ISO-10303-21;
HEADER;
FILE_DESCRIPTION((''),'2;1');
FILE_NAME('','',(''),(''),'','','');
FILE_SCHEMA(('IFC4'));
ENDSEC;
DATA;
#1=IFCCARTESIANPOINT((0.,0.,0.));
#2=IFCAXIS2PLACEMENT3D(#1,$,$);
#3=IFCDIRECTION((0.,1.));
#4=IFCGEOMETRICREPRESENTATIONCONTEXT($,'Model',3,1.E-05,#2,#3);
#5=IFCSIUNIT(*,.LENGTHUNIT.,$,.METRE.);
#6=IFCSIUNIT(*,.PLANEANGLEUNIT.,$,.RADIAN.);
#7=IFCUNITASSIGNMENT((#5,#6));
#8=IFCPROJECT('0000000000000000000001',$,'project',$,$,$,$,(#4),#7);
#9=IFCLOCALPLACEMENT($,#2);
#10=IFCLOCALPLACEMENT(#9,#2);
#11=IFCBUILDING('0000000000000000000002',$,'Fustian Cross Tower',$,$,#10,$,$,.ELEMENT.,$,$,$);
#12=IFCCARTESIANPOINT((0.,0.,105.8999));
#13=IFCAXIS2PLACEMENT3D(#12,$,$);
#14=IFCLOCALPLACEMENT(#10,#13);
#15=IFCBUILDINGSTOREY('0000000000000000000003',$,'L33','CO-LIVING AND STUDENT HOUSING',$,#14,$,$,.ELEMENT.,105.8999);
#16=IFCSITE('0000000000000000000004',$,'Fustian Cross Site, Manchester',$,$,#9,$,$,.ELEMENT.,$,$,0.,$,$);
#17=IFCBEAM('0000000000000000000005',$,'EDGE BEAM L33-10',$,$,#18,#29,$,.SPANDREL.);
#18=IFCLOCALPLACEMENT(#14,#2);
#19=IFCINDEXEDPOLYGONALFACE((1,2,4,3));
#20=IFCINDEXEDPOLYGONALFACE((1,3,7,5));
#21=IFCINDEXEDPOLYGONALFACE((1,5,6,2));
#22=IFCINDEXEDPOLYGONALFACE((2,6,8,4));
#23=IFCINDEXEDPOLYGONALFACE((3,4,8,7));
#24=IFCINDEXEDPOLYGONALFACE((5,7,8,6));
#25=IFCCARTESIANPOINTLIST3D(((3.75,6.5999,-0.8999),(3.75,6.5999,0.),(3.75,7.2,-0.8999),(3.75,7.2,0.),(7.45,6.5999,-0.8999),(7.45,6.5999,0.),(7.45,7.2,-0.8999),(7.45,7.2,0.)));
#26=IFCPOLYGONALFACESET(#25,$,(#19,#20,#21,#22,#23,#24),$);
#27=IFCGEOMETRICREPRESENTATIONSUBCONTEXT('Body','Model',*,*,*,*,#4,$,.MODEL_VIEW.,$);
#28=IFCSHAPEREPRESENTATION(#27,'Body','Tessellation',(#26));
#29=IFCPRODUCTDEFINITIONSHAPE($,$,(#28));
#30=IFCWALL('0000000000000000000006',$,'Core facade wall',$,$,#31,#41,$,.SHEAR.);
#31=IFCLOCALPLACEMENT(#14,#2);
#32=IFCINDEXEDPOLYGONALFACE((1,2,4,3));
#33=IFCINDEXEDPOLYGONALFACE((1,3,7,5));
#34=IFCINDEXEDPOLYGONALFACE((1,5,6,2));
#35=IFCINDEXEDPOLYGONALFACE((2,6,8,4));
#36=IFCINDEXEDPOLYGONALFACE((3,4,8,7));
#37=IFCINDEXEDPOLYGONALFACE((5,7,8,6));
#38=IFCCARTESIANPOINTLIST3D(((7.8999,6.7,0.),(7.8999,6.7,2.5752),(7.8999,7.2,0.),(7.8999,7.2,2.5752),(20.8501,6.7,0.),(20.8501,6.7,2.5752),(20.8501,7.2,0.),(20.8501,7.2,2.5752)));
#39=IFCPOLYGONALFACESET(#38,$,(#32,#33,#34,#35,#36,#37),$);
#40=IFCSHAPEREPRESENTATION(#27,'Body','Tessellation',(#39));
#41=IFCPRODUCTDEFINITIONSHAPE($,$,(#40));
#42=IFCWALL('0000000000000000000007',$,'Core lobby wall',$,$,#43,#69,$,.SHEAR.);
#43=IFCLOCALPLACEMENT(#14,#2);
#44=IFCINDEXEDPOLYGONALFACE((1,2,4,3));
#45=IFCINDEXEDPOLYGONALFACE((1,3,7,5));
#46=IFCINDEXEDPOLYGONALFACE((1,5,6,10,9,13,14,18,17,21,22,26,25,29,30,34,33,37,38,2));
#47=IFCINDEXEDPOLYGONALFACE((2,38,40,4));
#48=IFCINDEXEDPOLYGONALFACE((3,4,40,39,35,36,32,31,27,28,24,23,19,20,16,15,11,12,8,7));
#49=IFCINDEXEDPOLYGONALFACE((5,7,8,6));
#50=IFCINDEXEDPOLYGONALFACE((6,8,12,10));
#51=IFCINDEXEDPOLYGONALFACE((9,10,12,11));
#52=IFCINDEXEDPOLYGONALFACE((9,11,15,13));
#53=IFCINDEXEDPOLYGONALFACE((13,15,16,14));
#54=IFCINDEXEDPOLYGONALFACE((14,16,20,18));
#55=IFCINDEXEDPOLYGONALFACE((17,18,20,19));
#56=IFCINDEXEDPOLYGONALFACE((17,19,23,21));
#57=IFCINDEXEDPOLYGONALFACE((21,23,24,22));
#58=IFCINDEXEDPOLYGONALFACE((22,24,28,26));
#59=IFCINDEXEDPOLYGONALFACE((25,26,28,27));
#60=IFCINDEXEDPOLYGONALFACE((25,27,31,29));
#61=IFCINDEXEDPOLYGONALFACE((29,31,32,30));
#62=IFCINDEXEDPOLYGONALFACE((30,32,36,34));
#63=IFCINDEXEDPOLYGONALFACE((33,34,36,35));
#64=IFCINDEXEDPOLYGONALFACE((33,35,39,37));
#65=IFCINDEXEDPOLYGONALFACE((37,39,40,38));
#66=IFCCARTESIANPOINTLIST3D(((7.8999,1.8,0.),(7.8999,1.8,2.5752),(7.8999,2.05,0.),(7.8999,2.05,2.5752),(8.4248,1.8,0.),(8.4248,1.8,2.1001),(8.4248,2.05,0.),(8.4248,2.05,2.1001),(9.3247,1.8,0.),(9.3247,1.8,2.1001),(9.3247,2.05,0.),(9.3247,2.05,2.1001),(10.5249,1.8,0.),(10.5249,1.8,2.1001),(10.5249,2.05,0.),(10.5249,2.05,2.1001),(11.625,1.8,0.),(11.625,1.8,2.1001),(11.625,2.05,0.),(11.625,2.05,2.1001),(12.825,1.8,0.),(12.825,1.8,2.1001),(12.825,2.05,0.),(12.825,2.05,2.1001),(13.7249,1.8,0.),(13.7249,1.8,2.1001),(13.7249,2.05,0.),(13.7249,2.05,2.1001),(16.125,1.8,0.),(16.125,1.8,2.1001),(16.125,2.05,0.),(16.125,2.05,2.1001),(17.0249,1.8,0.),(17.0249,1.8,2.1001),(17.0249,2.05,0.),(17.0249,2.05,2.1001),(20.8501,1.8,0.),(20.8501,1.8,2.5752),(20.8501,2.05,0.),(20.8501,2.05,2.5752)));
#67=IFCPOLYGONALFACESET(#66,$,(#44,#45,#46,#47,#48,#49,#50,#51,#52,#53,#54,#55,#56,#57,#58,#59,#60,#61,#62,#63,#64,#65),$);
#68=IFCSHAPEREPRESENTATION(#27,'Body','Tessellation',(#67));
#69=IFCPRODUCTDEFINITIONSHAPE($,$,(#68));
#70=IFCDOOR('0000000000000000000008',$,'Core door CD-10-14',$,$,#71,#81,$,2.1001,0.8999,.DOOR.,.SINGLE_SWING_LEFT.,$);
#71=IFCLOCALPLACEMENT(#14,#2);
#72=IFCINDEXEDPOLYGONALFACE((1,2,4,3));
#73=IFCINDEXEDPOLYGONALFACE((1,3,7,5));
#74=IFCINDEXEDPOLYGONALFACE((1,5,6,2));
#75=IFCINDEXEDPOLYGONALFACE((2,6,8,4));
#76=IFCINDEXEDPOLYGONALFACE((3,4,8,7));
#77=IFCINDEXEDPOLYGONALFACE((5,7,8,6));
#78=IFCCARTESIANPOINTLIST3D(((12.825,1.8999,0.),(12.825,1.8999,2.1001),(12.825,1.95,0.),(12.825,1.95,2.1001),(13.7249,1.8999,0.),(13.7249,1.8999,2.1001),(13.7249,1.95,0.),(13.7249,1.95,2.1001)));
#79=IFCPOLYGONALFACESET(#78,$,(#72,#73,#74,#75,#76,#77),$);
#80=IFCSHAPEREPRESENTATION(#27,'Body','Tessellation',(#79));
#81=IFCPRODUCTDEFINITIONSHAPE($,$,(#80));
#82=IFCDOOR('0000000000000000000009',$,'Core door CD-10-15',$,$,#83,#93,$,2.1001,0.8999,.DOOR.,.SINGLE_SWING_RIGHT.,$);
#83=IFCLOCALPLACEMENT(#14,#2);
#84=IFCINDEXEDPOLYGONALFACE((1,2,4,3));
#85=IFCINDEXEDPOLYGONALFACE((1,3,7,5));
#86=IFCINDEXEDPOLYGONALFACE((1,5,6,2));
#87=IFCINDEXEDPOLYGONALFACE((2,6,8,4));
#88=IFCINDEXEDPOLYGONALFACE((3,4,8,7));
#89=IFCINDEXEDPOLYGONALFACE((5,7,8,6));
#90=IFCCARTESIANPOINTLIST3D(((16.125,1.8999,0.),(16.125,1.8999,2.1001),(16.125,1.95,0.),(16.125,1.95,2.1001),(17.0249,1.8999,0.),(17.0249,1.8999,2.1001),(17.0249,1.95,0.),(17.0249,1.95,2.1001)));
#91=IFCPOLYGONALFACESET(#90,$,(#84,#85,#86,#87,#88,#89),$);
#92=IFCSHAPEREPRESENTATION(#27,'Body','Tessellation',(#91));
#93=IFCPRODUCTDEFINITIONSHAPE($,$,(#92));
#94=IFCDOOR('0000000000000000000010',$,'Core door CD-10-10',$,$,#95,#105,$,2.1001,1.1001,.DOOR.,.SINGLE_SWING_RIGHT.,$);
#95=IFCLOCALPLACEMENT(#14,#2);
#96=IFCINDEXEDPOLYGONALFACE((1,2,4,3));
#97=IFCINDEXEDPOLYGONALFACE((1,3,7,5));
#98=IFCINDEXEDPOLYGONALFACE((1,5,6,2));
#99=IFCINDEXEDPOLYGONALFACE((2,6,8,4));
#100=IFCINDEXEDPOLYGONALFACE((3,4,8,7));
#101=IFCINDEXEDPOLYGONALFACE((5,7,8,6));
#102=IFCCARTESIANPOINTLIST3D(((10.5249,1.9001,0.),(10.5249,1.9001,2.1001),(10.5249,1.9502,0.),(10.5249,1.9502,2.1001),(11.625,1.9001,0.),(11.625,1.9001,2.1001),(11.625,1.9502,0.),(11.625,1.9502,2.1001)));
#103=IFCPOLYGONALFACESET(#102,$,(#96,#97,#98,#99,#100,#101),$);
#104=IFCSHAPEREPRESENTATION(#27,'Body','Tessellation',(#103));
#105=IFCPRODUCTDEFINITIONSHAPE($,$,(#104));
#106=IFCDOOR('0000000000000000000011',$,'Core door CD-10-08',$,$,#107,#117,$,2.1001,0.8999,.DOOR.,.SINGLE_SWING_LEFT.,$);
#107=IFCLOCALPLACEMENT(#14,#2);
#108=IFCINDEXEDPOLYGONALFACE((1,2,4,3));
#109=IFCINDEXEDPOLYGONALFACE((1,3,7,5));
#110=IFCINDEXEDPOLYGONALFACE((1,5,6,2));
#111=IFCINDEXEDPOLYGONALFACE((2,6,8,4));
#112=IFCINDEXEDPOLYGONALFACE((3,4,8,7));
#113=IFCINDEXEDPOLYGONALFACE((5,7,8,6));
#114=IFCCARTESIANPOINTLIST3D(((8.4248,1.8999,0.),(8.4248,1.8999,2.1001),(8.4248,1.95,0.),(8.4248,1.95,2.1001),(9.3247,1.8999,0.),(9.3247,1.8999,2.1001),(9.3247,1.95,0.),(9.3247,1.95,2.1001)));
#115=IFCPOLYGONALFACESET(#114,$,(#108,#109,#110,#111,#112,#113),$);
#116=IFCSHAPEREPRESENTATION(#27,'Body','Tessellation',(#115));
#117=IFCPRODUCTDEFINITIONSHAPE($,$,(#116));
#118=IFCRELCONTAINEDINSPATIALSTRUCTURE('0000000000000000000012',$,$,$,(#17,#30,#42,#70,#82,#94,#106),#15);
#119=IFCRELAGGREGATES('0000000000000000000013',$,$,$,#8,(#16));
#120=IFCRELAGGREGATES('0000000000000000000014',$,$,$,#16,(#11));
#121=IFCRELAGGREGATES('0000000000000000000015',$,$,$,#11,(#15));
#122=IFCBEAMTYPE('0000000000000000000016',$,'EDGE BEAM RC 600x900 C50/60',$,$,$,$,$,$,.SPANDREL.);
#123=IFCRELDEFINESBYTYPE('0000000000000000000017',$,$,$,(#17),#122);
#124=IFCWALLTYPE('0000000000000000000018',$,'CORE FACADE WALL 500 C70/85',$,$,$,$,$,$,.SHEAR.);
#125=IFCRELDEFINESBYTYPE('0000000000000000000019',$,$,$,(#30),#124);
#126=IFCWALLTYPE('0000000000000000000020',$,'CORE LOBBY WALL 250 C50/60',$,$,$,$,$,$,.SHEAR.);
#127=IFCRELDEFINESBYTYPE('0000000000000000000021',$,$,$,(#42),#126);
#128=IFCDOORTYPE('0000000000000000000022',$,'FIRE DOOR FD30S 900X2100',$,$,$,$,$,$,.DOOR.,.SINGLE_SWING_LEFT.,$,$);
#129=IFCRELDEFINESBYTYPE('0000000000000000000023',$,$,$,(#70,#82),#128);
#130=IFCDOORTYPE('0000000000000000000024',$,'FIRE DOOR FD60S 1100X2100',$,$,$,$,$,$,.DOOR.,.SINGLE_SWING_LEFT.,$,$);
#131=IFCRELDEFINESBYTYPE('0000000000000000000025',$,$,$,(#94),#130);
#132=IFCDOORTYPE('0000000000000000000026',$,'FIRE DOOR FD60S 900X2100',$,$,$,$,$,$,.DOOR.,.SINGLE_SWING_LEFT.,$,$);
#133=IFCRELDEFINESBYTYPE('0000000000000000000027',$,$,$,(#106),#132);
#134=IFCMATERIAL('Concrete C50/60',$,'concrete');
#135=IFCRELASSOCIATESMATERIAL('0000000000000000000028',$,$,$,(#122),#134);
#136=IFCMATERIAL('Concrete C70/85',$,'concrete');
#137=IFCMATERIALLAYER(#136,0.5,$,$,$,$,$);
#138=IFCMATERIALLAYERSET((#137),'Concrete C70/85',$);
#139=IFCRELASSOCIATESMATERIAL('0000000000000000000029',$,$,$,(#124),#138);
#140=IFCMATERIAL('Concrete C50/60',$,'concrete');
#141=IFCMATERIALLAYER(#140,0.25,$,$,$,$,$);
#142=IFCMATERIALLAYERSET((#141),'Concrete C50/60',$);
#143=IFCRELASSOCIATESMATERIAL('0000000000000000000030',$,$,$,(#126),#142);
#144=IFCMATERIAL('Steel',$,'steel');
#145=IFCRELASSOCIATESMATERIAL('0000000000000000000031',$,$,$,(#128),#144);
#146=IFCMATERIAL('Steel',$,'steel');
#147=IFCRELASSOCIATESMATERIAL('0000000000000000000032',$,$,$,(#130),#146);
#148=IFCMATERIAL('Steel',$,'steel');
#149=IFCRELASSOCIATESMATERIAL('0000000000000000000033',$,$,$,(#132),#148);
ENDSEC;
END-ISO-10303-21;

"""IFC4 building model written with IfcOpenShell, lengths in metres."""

from ifc_helpers import new_model, si_unit, direction, frame, frame_2d, origin, origin_2d, place, context, subcontext, project, spatial, rectangle, extrude, material, layer, layer_set, material_profile, profile_set, type_object, element, fill, save


model = new_model("IFC4")

# Units and contexts
model_context = context("Model", 3, precision=1e-05, world=origin(), true_north=direction((0.0, 1.0)))
body_context = subcontext(model_context, "Body", "Model", "MODEL_VIEW")
ifc_project = project(units=[si_unit("LENGTHUNIT", "METRE"), si_unit("PLANEANGLEUNIT", "RADIAN")], contexts=[model_context])

# Site, building, storey
site_placement = place(None, origin())
site = spatial("IfcSite", under=ifc_project, at=site_placement, Name="Fustian Cross Site, Manchester", CompositionType="ELEMENT", RefElevation=0.0)
building_placement = place(site_placement, origin())
building = spatial("IfcBuilding", under=site, at=building_placement, Name="Fustian Cross Tower", CompositionType="ELEMENT")
storey_placement = place(building_placement, frame((0.0, 0.0, 105.8999)))
storey = spatial("IfcBuildingStorey", under=building, at=storey_placement, Name="L33", Description="CO-LIVING AND STUDENT HOUSING", CompositionType="ELEMENT", Elevation=105.8999)

# Beam
ifc_material_1 = material(Name="Concrete C50/60", Category="concrete")
ifc_material_profile = material_profile(ifc_material_1, rectangle(XDim=0.6001, YDim=0.8999, at=origin_2d()), Name="RC 600x900")
ifc_profile_set = profile_set([ifc_material_profile], Name="Concrete C50/60")
beam_type = type_object("IfcBeamType", Name="EDGE BEAM RC 600x900 C50/60", PredefinedType="SPANDREL", material=ifc_profile_set)
beam_placement = place(storey_placement, frame((7.45, 6.8999, -0.45), z_axis=(-1.0, 0.0, 0.0), x_axis=(0.0, -1.0, 0.0)))
element("IfcBeam", 1, at=beam_placement, inside=storey, type_object=beam_type, Name="EDGE BEAM L33-10", PredefinedType="SPANDREL", context=body_context, shape_type="SweptSolid", body=[
    extrude(rectangle(XDim=0.6001, YDim=0.8999, at=origin_2d()), origin(), (0.0, 0.0, 1.0), 3.7),
])

# Wall
ifc_material_2 = material(Name="Concrete C70/85", Category="concrete")
ifc_layer_1 = layer(ifc_material_2, 0.5)
ifc_layer_set_1 = layer_set([ifc_layer_1], Name="Concrete C70/85")
wall_type_1 = type_object("IfcWallType", Name="CORE FACADE WALL 500 C70/85", PredefinedType="SHEAR", material=ifc_layer_set_1)
wall_1_placement = place(storey_placement, frame((7.8999, 6.95, 0.0), z_axis=(0.0, 0.0, 1.0), x_axis=(1.0, 0.0, 0.0)))
element("IfcWall", 2, at=wall_1_placement, inside=storey, type_object=wall_type_1, Name="Core facade wall", PredefinedType="SHEAR", context=body_context, shape_type="SweptSolid", body=[
    extrude(rectangle(XDim=12.9502, YDim=0.5, at=frame_2d((6.4751, 0.0))), origin(), (0.0, 0.0, 1.0), 2.5752),
])

# Wall, openings, doors
ifc_material_3 = material(Name="Concrete C50/60", Category="concrete")
ifc_layer_2 = layer(ifc_material_3, 0.25)
ifc_layer_set_2 = layer_set([ifc_layer_2], Name="Concrete C50/60")
wall_type_2 = type_object("IfcWallType", Name="CORE LOBBY WALL 250 C50/60", PredefinedType="SHEAR", material=ifc_layer_set_2)
wall_2_placement = place(storey_placement, frame((7.8999, 1.925, 0.0), z_axis=(0.0, 0.0, 1.0), x_axis=(1.0, 0.0, 0.0)))
wall_2 = element("IfcWall", 3, at=wall_2_placement, inside=storey, type_object=wall_type_2, Name="Core lobby wall", PredefinedType="SHEAR", context=body_context, shape_type="SweptSolid", body=[
    extrude(rectangle(XDim=12.9502, YDim=0.25, at=frame_2d((6.4751, 0.0))), origin(), (0.0, 0.0, 1.0), 2.5752),
])
opening_1_placement = place(wall_2_placement, frame((0.5249, 0.0, 0.0)))
opening_1 = element("IfcOpeningElement", 4, at=opening_1_placement, cuts=wall_2, PredefinedType="OPENING", context=body_context, shape_type="SweptSolid", body=[
    extrude(rectangle(XDim=0.8999, YDim=2.1001, at=frame_2d((0.45, 1.05))), frame((0.0, 0.135, 0.0), z_axis=(0.0, -1.0, 0.0), x_axis=(1.0, 0.0, 0.0)), (0.0, 0.0, 1.0), 0.27),
])
opening_2_placement = place(wall_2_placement, frame((2.625, 0.0, 0.0)))
opening_2 = element("IfcOpeningElement", 5, at=opening_2_placement, cuts=wall_2, PredefinedType="OPENING", context=body_context, shape_type="SweptSolid", body=[
    extrude(rectangle(XDim=1.1001, YDim=2.1001, at=frame_2d((0.55, 1.05))), frame((0.0, 0.135, 0.0), z_axis=(0.0, -1.0, 0.0), x_axis=(1.0, 0.0, 0.0)), (0.0, 0.0, 1.0), 0.27),
])
opening_3_placement = place(wall_2_placement, frame((4.925, 0.0, 0.0)))
opening_3 = element("IfcOpeningElement", 6, at=opening_3_placement, cuts=wall_2, PredefinedType="OPENING", context=body_context, shape_type="SweptSolid", body=[
    extrude(rectangle(XDim=0.8999, YDim=2.1001, at=frame_2d((0.45, 1.05))), frame((0.0, 0.135, 0.0), z_axis=(0.0, -1.0, 0.0), x_axis=(1.0, 0.0, 0.0)), (0.0, 0.0, 1.0), 0.27),
])
opening_4_placement = place(wall_2_placement, frame((8.2251, 0.0, 0.0)))
opening_4 = element("IfcOpeningElement", 7, at=opening_4_placement, cuts=wall_2, PredefinedType="OPENING", context=body_context, shape_type="SweptSolid", body=[
    extrude(rectangle(XDim=0.8999, YDim=2.1001, at=frame_2d((0.45, 1.05))), frame((0.0, 0.135, 0.0), z_axis=(0.0, -1.0, 0.0), x_axis=(1.0, 0.0, 0.0)), (0.0, 0.0, 1.0), 0.27),
])
ifc_material_4 = material(Name="Steel", Category="steel")
door_type_1 = type_object("IfcDoorType", Name="FIRE DOOR FD30S 900X2100", OperationType="SINGLE_SWING_LEFT", PredefinedType="DOOR", material=ifc_material_4)
door_1_placement = place(opening_3_placement, origin())
door_1 = element("IfcDoor", 8, at=door_1_placement, inside=storey, type_object=door_type_1, Name="Core door CD-10-14", OperationType="SINGLE_SWING_LEFT", OverallHeight=2.1001, OverallWidth=0.8999, PredefinedType="DOOR", context=body_context, shape_type="SweptSolid", body=[
    extrude(rectangle(XDim=0.8999, YDim=2.1001, at=frame_2d((0.45, 1.05))), frame((0.0, 0.0249, 0.0), z_axis=(0.0, -1.0, 0.0), x_axis=(1.0, 0.0, 0.0)), (0.0, 0.0, 1.0), 0.05),
])
fill(opening_3, door_1)
door_2_placement = place(opening_4_placement, origin())
door_2 = element("IfcDoor", 9, at=door_2_placement, inside=storey, type_object=door_type_1, Name="Core door CD-10-15", OperationType="SINGLE_SWING_RIGHT", OverallHeight=2.1001, OverallWidth=0.8999, PredefinedType="DOOR", context=body_context, shape_type="SweptSolid", body=[
    extrude(rectangle(XDim=0.8999, YDim=2.1001, at=frame_2d((0.45, 1.05))), frame((0.0, 0.0249, 0.0), z_axis=(0.0, -1.0, 0.0), x_axis=(1.0, 0.0, 0.0)), (0.0, 0.0, 1.0), 0.05),
])
fill(opening_4, door_2)
ifc_material_5 = material(Name="Steel", Category="steel")
door_type_2 = type_object("IfcDoorType", Name="FIRE DOOR FD60S 1100X2100", OperationType="SINGLE_SWING_LEFT", PredefinedType="DOOR", material=ifc_material_5)
door_3_placement = place(opening_2_placement, frame((1.1001, 0.0, 0.0), z_axis=(0.0, 0.0, 1.0), x_axis=(-1.0, 0.0, 0.0)))
door_3 = element("IfcDoor", 10, at=door_3_placement, inside=storey, type_object=door_type_2, Name="Core door CD-10-10", OperationType="SINGLE_SWING_RIGHT", OverallHeight=2.1001, OverallWidth=1.1001, PredefinedType="DOOR", context=body_context, shape_type="SweptSolid", body=[
    extrude(rectangle(XDim=1.1001, YDim=2.1001, at=frame_2d((0.55, 1.05))), frame((0.0, 0.0249, 0.0), z_axis=(0.0, -1.0, 0.0), x_axis=(1.0, 0.0, 0.0)), (0.0, 0.0, 1.0), 0.05),
])
fill(opening_2, door_3)
ifc_material_6 = material(Name="Steel", Category="steel")
door_type_3 = type_object("IfcDoorType", Name="FIRE DOOR FD60S 900X2100", OperationType="SINGLE_SWING_LEFT", PredefinedType="DOOR", material=ifc_material_6)
door_4_placement = place(opening_1_placement, origin())
door_4 = element("IfcDoor", 11, at=door_4_placement, inside=storey, type_object=door_type_3, Name="Core door CD-10-08", OperationType="SINGLE_SWING_LEFT", OverallHeight=2.1001, OverallWidth=0.8999, PredefinedType="DOOR", context=body_context, shape_type="SweptSolid", body=[
    extrude(rectangle(XDim=0.8999, YDim=2.1001, at=frame_2d((0.45, 1.05))), frame((0.0, 0.0249, 0.0), z_axis=(0.0, -1.0, 0.0), x_axis=(1.0, 0.0, 0.0)), (0.0, 0.0, 1.0), 0.05),
])
fill(opening_1, door_4)

save(model, "model.ifc")
